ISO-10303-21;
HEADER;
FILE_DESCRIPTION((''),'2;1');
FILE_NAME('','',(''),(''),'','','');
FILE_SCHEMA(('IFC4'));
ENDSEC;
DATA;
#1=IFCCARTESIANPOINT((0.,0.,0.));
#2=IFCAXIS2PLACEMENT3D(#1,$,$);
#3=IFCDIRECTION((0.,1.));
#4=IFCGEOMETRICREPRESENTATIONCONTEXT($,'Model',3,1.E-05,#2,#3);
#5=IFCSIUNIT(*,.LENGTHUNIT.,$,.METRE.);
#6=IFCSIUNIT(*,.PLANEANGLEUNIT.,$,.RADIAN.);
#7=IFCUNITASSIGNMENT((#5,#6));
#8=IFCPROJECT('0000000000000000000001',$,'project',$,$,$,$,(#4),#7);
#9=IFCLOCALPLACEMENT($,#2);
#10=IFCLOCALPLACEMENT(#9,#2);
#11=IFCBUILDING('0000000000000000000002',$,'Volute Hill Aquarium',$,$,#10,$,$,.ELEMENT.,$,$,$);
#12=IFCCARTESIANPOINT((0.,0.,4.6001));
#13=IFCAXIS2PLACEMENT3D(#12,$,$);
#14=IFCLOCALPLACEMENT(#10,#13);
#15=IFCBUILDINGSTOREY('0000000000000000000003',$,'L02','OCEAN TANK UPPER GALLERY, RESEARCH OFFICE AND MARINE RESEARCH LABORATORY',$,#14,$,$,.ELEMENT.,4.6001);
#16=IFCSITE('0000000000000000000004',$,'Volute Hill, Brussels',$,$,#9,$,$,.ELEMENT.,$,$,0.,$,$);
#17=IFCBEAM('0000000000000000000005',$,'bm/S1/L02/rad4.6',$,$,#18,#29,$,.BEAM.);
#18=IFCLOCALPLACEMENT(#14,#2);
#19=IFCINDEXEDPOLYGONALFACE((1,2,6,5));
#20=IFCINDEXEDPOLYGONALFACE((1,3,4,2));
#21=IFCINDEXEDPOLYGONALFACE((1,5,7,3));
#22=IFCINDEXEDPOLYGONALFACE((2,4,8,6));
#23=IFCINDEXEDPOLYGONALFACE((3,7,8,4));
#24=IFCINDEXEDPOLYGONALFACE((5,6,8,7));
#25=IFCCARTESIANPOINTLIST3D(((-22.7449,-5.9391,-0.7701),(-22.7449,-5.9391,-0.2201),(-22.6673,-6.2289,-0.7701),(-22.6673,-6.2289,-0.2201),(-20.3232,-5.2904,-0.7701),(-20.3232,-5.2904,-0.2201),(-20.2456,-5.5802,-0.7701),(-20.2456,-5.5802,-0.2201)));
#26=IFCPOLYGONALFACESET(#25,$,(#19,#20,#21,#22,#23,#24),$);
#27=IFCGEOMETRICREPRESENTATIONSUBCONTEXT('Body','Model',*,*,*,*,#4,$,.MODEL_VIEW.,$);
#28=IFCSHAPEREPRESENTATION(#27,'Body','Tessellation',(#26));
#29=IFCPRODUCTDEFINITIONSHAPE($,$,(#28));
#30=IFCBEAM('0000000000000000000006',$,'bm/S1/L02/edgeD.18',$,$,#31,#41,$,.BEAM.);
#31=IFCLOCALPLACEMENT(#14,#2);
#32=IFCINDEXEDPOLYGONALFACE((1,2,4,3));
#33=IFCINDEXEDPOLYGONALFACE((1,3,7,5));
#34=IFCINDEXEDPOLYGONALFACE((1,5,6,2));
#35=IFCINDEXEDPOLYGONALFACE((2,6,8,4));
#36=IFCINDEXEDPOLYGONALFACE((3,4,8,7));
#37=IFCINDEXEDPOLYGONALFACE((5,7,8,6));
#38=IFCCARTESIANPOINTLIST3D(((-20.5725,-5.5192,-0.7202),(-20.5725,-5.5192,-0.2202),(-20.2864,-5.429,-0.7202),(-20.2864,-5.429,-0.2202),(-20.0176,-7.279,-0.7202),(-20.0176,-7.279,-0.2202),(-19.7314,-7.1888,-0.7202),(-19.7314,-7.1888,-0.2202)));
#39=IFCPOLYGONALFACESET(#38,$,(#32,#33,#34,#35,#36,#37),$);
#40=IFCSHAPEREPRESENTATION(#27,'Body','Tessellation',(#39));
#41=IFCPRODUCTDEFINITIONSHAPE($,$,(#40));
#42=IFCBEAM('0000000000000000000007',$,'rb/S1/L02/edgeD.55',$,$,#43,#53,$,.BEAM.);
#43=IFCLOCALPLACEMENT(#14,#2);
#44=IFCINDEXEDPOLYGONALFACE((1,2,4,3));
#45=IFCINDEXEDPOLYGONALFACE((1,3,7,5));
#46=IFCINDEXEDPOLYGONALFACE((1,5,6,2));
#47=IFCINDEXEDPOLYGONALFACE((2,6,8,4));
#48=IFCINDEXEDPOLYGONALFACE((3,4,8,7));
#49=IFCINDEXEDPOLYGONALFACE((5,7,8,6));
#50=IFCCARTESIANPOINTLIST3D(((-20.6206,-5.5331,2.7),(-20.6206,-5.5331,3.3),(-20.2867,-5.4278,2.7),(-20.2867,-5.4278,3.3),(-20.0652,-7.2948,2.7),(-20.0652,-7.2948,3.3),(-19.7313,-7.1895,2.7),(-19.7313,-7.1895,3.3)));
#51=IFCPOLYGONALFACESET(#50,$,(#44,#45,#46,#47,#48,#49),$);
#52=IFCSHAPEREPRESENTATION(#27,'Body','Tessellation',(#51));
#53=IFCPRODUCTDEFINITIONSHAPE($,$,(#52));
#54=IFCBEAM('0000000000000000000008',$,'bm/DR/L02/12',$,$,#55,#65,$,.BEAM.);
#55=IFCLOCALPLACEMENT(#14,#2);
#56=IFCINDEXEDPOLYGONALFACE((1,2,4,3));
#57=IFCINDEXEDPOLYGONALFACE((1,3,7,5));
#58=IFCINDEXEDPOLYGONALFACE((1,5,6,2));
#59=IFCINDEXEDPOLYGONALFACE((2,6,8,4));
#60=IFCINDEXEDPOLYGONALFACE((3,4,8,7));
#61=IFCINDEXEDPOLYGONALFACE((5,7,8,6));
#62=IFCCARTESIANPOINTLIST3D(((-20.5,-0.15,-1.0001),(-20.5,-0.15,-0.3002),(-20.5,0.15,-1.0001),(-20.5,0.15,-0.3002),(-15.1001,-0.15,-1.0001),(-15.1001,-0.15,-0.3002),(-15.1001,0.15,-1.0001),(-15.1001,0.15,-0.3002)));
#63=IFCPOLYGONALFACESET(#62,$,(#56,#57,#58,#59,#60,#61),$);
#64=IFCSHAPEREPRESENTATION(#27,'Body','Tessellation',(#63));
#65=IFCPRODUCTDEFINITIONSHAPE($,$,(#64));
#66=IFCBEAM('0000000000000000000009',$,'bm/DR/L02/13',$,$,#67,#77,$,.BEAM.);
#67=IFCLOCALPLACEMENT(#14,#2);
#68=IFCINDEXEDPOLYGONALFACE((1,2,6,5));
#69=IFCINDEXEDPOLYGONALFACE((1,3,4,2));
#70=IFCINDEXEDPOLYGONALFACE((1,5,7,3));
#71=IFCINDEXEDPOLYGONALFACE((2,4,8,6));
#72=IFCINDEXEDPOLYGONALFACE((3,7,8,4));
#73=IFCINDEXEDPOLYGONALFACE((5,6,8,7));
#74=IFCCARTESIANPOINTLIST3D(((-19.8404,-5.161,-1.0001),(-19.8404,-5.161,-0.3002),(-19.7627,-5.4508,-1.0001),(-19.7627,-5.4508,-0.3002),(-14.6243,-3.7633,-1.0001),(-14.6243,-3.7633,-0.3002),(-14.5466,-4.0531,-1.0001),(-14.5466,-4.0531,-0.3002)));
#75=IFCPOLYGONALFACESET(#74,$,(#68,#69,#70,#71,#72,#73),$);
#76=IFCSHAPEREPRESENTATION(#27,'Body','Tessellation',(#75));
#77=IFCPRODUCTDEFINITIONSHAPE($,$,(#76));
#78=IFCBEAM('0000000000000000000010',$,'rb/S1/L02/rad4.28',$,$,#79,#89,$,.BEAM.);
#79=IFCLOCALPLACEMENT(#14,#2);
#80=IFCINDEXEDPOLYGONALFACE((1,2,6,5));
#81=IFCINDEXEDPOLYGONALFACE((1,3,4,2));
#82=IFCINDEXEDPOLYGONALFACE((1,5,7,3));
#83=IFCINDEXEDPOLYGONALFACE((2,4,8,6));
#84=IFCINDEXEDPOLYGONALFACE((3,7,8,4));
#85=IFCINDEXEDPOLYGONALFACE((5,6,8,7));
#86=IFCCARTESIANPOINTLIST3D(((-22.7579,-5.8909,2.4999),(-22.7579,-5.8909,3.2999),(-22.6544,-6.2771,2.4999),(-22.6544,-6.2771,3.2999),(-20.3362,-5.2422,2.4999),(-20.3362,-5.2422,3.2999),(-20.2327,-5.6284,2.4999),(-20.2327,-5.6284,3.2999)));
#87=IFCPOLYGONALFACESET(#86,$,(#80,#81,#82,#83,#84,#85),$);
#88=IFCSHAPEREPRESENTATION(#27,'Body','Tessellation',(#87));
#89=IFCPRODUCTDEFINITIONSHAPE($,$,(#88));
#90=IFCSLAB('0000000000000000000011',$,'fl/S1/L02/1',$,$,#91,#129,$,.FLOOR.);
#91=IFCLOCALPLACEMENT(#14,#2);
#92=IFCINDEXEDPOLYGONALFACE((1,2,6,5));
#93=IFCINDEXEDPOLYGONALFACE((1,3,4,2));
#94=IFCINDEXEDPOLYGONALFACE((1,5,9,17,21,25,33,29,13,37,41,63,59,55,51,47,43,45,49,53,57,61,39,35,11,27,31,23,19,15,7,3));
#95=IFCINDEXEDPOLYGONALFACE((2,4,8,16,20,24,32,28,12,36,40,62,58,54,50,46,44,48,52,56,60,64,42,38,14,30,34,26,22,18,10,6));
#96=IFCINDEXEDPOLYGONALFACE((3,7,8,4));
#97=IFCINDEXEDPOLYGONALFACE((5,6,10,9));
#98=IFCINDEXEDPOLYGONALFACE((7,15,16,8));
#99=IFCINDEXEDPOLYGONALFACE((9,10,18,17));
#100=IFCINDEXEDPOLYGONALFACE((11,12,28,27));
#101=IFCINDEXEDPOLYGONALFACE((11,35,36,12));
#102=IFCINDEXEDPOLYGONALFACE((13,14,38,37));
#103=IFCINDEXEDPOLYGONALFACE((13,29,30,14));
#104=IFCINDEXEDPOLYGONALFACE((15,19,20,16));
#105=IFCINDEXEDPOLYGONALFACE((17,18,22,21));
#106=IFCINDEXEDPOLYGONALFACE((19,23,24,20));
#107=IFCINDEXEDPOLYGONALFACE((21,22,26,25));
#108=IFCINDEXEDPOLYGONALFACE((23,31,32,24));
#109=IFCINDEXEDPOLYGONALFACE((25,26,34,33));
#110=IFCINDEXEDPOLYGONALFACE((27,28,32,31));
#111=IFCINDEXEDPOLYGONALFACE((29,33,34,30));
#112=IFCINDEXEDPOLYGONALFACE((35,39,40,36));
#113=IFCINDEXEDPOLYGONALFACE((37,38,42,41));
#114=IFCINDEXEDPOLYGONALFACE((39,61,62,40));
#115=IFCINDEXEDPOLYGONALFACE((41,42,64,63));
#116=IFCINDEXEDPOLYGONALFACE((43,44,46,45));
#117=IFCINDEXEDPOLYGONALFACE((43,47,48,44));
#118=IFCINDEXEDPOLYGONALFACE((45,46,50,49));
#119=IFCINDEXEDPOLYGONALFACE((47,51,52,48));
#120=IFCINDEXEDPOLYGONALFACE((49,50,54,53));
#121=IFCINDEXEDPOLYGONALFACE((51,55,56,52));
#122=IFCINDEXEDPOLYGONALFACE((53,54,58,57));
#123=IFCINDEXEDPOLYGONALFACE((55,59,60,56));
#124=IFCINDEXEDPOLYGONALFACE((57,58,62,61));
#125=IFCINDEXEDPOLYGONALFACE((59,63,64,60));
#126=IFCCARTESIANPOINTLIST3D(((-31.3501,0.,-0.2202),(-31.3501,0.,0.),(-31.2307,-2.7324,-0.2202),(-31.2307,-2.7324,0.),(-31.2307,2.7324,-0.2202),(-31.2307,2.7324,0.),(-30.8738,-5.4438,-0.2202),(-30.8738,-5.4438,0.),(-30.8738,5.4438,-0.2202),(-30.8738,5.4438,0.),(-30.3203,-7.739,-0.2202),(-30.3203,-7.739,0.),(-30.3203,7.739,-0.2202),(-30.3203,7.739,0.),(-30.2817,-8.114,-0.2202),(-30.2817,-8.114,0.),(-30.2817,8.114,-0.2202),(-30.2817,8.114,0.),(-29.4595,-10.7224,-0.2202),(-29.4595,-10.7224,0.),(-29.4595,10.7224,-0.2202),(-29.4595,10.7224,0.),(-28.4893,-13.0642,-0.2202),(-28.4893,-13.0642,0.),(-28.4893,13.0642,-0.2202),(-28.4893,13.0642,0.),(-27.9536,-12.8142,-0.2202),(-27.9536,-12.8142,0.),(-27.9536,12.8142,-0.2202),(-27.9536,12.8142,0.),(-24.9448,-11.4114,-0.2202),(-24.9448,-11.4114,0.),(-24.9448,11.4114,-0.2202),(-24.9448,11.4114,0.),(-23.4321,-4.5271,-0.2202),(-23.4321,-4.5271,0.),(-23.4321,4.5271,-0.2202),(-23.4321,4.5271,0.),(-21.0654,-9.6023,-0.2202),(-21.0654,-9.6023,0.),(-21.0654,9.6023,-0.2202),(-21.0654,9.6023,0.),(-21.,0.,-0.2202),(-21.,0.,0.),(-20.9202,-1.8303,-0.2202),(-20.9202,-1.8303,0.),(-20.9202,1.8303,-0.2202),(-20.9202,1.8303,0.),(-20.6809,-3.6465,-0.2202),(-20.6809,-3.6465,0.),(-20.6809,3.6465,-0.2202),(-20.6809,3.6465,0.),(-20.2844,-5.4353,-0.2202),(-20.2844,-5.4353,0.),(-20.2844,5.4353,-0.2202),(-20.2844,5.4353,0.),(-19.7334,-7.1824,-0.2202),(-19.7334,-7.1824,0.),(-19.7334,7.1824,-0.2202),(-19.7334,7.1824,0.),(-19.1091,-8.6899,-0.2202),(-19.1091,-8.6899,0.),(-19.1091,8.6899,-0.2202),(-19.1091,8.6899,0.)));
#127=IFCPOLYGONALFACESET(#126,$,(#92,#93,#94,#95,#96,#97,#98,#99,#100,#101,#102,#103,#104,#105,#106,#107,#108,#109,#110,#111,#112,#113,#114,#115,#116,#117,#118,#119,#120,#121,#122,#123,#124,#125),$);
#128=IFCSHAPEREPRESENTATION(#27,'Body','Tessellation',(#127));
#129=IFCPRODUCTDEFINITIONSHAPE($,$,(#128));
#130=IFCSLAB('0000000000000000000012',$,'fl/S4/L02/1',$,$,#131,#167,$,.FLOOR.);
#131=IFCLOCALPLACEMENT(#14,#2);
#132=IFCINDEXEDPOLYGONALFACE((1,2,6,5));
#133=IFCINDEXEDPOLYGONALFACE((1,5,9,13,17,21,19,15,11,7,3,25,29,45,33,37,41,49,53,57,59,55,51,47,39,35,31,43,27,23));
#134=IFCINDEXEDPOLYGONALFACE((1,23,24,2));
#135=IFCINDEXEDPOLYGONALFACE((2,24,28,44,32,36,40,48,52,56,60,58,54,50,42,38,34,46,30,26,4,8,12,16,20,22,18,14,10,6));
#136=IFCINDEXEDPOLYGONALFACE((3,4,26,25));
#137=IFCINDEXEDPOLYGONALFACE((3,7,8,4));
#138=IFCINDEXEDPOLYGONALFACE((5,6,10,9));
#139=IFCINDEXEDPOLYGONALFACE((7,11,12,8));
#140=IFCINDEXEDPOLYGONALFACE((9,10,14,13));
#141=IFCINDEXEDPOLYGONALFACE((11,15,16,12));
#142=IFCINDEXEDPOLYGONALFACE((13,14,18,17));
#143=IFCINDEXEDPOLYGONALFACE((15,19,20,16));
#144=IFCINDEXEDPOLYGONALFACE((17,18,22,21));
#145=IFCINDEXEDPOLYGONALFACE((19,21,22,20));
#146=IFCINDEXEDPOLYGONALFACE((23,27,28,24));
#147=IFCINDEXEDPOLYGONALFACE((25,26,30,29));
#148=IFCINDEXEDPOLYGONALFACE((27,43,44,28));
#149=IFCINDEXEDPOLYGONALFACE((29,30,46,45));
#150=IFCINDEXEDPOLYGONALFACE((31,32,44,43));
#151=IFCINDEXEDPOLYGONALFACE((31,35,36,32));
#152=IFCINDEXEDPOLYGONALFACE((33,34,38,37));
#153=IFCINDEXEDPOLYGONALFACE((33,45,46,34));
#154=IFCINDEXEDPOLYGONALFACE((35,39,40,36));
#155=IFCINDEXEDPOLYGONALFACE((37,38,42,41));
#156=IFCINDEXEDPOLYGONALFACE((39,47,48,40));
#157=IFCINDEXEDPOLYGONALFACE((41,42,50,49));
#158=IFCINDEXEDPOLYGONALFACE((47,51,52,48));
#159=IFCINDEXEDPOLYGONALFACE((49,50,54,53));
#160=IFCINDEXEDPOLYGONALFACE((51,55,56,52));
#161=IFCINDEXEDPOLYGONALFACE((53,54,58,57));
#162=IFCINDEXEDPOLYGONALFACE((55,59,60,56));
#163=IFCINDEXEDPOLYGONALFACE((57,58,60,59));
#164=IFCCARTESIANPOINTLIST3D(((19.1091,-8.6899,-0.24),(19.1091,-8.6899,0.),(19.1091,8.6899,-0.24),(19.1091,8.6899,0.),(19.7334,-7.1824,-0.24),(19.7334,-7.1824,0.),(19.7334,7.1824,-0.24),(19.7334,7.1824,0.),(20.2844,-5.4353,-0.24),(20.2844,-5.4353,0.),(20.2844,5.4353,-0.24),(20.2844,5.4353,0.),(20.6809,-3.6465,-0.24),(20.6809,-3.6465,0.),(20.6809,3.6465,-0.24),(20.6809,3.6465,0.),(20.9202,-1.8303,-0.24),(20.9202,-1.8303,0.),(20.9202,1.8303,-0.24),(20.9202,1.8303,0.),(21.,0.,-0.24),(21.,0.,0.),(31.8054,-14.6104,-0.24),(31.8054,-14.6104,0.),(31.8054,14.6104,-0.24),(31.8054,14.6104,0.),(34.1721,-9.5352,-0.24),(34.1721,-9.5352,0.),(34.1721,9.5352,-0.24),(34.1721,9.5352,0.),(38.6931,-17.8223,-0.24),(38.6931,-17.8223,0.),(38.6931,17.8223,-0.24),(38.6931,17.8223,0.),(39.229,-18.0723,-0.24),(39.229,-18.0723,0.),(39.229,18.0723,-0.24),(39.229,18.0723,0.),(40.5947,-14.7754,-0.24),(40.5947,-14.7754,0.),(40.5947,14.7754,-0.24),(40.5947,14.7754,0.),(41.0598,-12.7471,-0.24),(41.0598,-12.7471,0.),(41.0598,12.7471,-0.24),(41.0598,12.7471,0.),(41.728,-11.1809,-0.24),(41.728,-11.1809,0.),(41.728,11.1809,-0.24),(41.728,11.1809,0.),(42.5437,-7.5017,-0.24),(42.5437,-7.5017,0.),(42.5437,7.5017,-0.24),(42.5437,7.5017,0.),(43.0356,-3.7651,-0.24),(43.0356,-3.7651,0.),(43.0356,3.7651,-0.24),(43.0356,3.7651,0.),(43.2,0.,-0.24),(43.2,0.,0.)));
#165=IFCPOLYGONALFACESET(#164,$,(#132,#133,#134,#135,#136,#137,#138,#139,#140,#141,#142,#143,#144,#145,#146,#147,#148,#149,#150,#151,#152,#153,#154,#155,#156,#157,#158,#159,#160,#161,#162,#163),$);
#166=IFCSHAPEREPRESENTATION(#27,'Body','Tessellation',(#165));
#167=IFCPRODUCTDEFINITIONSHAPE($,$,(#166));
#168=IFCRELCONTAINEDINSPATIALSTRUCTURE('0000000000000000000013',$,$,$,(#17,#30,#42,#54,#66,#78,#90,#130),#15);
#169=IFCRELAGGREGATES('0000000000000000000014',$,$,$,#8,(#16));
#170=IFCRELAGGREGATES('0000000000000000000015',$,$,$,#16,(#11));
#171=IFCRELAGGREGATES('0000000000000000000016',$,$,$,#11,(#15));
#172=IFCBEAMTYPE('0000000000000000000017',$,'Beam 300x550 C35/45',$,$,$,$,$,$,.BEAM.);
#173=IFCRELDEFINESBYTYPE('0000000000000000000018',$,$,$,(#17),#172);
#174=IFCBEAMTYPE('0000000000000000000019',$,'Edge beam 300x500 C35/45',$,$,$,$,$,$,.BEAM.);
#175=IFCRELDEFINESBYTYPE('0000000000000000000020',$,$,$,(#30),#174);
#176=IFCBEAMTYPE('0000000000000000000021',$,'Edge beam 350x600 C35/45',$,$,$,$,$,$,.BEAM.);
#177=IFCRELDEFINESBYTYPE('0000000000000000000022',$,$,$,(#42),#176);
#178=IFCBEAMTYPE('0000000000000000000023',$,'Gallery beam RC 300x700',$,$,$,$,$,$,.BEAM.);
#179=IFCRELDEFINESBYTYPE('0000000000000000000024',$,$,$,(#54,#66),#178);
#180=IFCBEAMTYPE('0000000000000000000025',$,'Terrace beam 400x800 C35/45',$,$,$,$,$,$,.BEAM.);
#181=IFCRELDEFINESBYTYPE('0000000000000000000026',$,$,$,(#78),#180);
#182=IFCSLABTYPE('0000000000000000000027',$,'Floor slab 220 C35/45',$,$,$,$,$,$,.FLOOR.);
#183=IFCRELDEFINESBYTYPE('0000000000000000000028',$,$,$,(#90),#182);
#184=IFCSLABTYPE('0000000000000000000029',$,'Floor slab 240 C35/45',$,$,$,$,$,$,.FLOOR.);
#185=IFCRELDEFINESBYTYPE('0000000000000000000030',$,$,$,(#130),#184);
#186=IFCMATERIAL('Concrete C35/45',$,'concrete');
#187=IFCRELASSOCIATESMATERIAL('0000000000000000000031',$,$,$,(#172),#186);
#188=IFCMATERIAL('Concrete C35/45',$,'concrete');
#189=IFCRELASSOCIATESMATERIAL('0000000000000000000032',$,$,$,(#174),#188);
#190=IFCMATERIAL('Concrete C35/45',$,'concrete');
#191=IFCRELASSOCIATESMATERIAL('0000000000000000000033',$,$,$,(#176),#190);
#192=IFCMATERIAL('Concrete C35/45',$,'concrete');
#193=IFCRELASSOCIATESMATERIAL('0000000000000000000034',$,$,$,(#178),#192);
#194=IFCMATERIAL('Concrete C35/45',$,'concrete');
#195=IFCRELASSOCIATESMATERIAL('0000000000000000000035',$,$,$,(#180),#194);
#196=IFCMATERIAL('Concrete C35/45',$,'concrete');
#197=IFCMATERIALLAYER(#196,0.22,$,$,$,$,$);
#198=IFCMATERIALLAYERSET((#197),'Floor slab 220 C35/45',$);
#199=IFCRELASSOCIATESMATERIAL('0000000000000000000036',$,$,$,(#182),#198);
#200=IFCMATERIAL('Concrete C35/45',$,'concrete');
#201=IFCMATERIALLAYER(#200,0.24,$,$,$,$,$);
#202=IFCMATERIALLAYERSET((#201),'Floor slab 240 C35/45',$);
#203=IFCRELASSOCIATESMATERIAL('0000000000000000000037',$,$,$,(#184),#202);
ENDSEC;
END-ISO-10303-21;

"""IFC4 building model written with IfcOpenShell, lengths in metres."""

from ifc_helpers import new_model, si_unit, direction, frame, origin, origin_2d, place, context, subcontext, project, spatial, polyline, rectangle, outline, extrude, material, layer, layer_set, material_profile, profile_set, type_object, element, save


model = new_model("IFC4")

# Units and contexts
model_context = context("Model", 3, precision=1e-05, world=origin(), true_north=direction((0.0, 1.0)))
body_context = subcontext(model_context, "Body", "Model", "MODEL_VIEW")
ifc_project = project(units=[si_unit("LENGTHUNIT", "METRE"), si_unit("PLANEANGLEUNIT", "RADIAN")], contexts=[model_context])

# Site, building, storey
site_placement = place(None, origin())
site = spatial("IfcSite", under=ifc_project, at=site_placement, Name="Volute Hill, Brussels", CompositionType="ELEMENT", RefElevation=0.0)
building_placement = place(site_placement, origin())
building = spatial("IfcBuilding", under=site, at=building_placement, Name="Volute Hill Aquarium", CompositionType="ELEMENT")
storey_placement = place(building_placement, frame((0.0, 0.0, 4.6001)))
storey = spatial("IfcBuildingStorey", under=building, at=storey_placement, Name="L02", Description="OCEAN TANK UPPER GALLERY, RESEARCH OFFICE AND MARINE RESEARCH LABORATORY", CompositionType="ELEMENT", Elevation=4.6001)

# Beams
ifc_material_1 = material(Name="Concrete C35/45", Category="concrete")
ifc_material_profile_1 = material_profile(ifc_material_1, rectangle(XDim=0.3, YDim=0.55, at=origin_2d()), Name="RC beam 300x550")
ifc_profile_set_1 = profile_set([ifc_material_profile_1], Name="Concrete C35/45")
beam_type_1 = type_object("IfcBeamType", Name="Beam 300x550 C35/45", PredefinedType="BEAM", material=ifc_profile_set_1)
beam_1_placement = place(storey_placement, frame((-20.2844, -5.4353, -0.4951), z_axis=(-0.965945, -0.258747, 0.0), x_axis=(0.258747, -0.965945, 0.0)))
element("IfcBeam", 1, at=beam_1_placement, inside=storey, type_object=beam_type_1, Name="bm/S1/L02/rad4.6", PredefinedType="BEAM", context=body_context, shape_type="SweptSolid", body=[
    extrude(rectangle(XDim=0.3, YDim=0.55, at=origin_2d()), origin(), (0.0, 0.0, 1.0), 2.5071),
])
ifc_material_2 = material(Name="Concrete C35/45", Category="concrete")
ifc_material_profile_2 = material_profile(ifc_material_2, rectangle(XDim=0.3, YDim=0.5, at=origin_2d()), Name="RC edge beam 300x500")
ifc_profile_set_2 = profile_set([ifc_material_profile_2], Name="Concrete C35/45")
beam_type_2 = type_object("IfcBeamType", Name="Edge beam 300x500 C35/45", PredefinedType="BEAM", material=ifc_profile_set_2)
beam_2_placement = place(storey_placement, frame((-20.4294, -5.4741, -0.4702), z_axis=(0.300745, -0.953705, 0.0), x_axis=(0.953705, 0.300745, 0.0)))
element("IfcBeam", 2, at=beam_2_placement, inside=storey, type_object=beam_type_2, Name="bm/S1/L02/edgeD.18", PredefinedType="BEAM", context=body_context, shape_type="SweptSolid", body=[
    extrude(rectangle(XDim=0.3, YDim=0.5, at=origin_2d()), origin(), (0.0, 0.0, 1.0), 1.8452),
])
ifc_material_3 = material(Name="Concrete C35/45", Category="concrete")
ifc_material_profile_3 = material_profile(ifc_material_3, rectangle(XDim=0.3501, YDim=0.6001, at=origin_2d()), Name="RC edge beam 350x600")
ifc_profile_set_3 = profile_set([ifc_material_profile_3], Name="Concrete C35/45")
beam_type_3 = type_object("IfcBeamType", Name="Edge beam 350x600 C35/45", PredefinedType="BEAM", material=ifc_profile_set_3)
beam_3_placement = place(storey_placement, frame((-20.4536, -5.4805, 3.0), z_axis=(0.300682, -0.953724, 0.0), x_axis=(0.953724, 0.300682, 0.0)))
element("IfcBeam", 3, at=beam_3_placement, inside=storey, type_object=beam_type_3, Name="rb/S1/L02/edgeD.55", PredefinedType="BEAM", context=body_context, shape_type="SweptSolid", body=[
    extrude(rectangle(XDim=0.3501, YDim=0.6001, at=origin_2d()), origin(), (0.0, 0.0, 1.0), 1.8472),
])
ifc_material_4 = material(Name="Concrete C35/45", Category="concrete")
ifc_material_profile_4 = material_profile(ifc_material_4, rectangle(XDim=0.3, YDim=0.7, at=origin_2d()), Name="RC beam 300x700")
ifc_profile_set_4 = profile_set([ifc_material_profile_4], Name="Concrete C35/45")
beam_type_4 = type_object("IfcBeamType", Name="Gallery beam RC 300x700", PredefinedType="BEAM", material=ifc_profile_set_4)
beam_4_placement = place(storey_placement, frame((-15.1001, 0.0, -0.6501), z_axis=(-1.0, 0.0, 0.0), x_axis=(0.0, -1.0, 0.0)))
element("IfcBeam", 4, at=beam_4_placement, inside=storey, type_object=beam_type_4, Name="bm/DR/L02/12", PredefinedType="BEAM", context=body_context, shape_type="SweptSolid", body=[
    extrude(rectangle(XDim=0.3, YDim=0.7, at=origin_2d()), origin(), (0.0, 0.0, 1.0), 5.3999),
])
beam_5_placement = place(storey_placement, frame((-14.5854, -3.9082, -0.6501), z_axis=(-0.965923, -0.25883, 0.0), x_axis=(0.25883, -0.965923, 0.0)))
element("IfcBeam", 5, at=beam_5_placement, inside=storey, type_object=beam_type_4, Name="bm/DR/L02/13", PredefinedType="BEAM", context=body_context, shape_type="SweptSolid", body=[
    extrude(rectangle(XDim=0.3, YDim=0.7, at=origin_2d()), origin(), (0.0, 0.0, 1.0), 5.4001),
])
ifc_material_5 = material(Name="Concrete C35/45", Category="concrete")
ifc_material_profile_5 = material_profile(ifc_material_5, rectangle(XDim=0.3999, YDim=0.8, at=origin_2d()), Name="RC beam 400x800")
ifc_profile_set_5 = profile_set([ifc_material_profile_5], Name="Concrete C35/45")
beam_type_5 = type_object("IfcBeamType", Name="Terrace beam 400x800 C35/45", PredefinedType="BEAM", material=ifc_profile_set_5)
beam_6_placement = place(storey_placement, frame((-20.2844, -5.4353, 2.8999), z_axis=(-0.965945, -0.258747, 0.0), x_axis=(0.258747, -0.965945, 0.0)))
element("IfcBeam", 6, at=beam_6_placement, inside=storey, type_object=beam_type_5, Name="rb/S1/L02/rad4.28", PredefinedType="BEAM", context=body_context, shape_type="SweptSolid", body=[
    extrude(rectangle(XDim=0.3999, YDim=0.8, at=origin_2d()), origin(), (0.0, 0.0, 1.0), 2.5071),
])

# Slabs
ifc_material_6 = material(Name="Concrete C35/45", Category="concrete")
ifc_layer_1 = layer(ifc_material_6, 0.22)
ifc_layer_set_1 = layer_set([ifc_layer_1], Name="Floor slab 220 C35/45")
slab_type_1 = type_object("IfcSlabType", Name="Floor slab 220 C35/45", PredefinedType="FLOOR", material=ifc_layer_set_1)
slab_1_placement = place(storey_placement, frame((0.0, 0.0, -0.2202)))
element("IfcSlab", 7, at=slab_1_placement, inside=storey, type_object=slab_type_1, Name="fl/S1/L02/1", PredefinedType="FLOOR", context=body_context, shape_type="SweptSolid", body=[
    extrude(outline(polyline([(-29.4595, -10.7224), (-30.2817, -8.114), (-30.8738, -5.4438), (-31.2307, -2.7324), (-31.3501, 0.0), (-31.2307, 2.7324), (-30.8738, 5.4438), (-30.2817, 8.114), (-29.4595, 10.7224), (-28.4893, 13.0642), (-24.9448, 11.4114), (-27.9536, 12.8142), (-30.3203, 7.739), (-23.4321, 4.5271), (-21.0654, 9.6023), (-19.1091, 8.6899), (-19.7334, 7.1824), (-20.2844, 5.4353), (-20.6809, 3.6465), (-20.9202, 1.8303), (-21.0, 0.0), (-20.9202, -1.8303), (-20.6809, -3.6465), (-20.2844, -5.4353), (-19.7334, -7.1824), (-19.1091, -8.6899), (-21.0654, -9.6023), (-23.4321, -4.5271), (-30.3203, -7.739), (-27.9536, -12.8142), (-24.9448, -11.4114), (-28.4893, -13.0642), (-29.4595, -10.7224)])), origin(), (0.0, 0.0, 1.0), 0.2202),
])
ifc_material_7 = material(Name="Concrete C35/45", Category="concrete")
ifc_layer_2 = layer(ifc_material_7, 0.24)
ifc_layer_set_2 = layer_set([ifc_layer_2], Name="Floor slab 240 C35/45")
slab_type_2 = type_object("IfcSlabType", Name="Floor slab 240 C35/45", PredefinedType="FLOOR", material=ifc_layer_set_2)
slab_2_placement = place(storey_placement, frame((0.0, 0.0, -0.24)))
element("IfcSlab", 8, at=slab_2_placement, inside=storey, type_object=slab_type_2, Name="fl/S4/L02/1", PredefinedType="FLOOR", context=body_context, shape_type="SweptSolid", body=[
    extrude(outline(polyline([(40.5947, 14.7754), (41.728, 11.1809), (42.5437, 7.5017), (43.0356, 3.7651), (43.2, 0.0), (43.0356, -3.7651), (42.5437, -7.5017), (41.728, -11.1809), (40.5947, -14.7754), (39.229, -18.0723), (38.6931, -17.8223), (41.0598, -12.7471), (34.1721, -9.5352), (31.8054, -14.6104), (19.1091, -8.6899), (19.7334, -7.1824), (20.2844, -5.4353), (20.6809, -3.6465), (20.9202, -1.8303), (21.0, 0.0), (20.9202, 1.8303), (20.6809, 3.6465), (20.2844, 5.4353), (19.7334, 7.1824), (19.1091, 8.6899), (31.8054, 14.6104), (34.1721, 9.5352), (41.0598, 12.7471), (38.6931, 17.8223), (39.229, 18.0723), (40.5947, 14.7754)])), origin(), (0.0, 0.0, 1.0), 0.24),
])

save(model, "model.ifc")
